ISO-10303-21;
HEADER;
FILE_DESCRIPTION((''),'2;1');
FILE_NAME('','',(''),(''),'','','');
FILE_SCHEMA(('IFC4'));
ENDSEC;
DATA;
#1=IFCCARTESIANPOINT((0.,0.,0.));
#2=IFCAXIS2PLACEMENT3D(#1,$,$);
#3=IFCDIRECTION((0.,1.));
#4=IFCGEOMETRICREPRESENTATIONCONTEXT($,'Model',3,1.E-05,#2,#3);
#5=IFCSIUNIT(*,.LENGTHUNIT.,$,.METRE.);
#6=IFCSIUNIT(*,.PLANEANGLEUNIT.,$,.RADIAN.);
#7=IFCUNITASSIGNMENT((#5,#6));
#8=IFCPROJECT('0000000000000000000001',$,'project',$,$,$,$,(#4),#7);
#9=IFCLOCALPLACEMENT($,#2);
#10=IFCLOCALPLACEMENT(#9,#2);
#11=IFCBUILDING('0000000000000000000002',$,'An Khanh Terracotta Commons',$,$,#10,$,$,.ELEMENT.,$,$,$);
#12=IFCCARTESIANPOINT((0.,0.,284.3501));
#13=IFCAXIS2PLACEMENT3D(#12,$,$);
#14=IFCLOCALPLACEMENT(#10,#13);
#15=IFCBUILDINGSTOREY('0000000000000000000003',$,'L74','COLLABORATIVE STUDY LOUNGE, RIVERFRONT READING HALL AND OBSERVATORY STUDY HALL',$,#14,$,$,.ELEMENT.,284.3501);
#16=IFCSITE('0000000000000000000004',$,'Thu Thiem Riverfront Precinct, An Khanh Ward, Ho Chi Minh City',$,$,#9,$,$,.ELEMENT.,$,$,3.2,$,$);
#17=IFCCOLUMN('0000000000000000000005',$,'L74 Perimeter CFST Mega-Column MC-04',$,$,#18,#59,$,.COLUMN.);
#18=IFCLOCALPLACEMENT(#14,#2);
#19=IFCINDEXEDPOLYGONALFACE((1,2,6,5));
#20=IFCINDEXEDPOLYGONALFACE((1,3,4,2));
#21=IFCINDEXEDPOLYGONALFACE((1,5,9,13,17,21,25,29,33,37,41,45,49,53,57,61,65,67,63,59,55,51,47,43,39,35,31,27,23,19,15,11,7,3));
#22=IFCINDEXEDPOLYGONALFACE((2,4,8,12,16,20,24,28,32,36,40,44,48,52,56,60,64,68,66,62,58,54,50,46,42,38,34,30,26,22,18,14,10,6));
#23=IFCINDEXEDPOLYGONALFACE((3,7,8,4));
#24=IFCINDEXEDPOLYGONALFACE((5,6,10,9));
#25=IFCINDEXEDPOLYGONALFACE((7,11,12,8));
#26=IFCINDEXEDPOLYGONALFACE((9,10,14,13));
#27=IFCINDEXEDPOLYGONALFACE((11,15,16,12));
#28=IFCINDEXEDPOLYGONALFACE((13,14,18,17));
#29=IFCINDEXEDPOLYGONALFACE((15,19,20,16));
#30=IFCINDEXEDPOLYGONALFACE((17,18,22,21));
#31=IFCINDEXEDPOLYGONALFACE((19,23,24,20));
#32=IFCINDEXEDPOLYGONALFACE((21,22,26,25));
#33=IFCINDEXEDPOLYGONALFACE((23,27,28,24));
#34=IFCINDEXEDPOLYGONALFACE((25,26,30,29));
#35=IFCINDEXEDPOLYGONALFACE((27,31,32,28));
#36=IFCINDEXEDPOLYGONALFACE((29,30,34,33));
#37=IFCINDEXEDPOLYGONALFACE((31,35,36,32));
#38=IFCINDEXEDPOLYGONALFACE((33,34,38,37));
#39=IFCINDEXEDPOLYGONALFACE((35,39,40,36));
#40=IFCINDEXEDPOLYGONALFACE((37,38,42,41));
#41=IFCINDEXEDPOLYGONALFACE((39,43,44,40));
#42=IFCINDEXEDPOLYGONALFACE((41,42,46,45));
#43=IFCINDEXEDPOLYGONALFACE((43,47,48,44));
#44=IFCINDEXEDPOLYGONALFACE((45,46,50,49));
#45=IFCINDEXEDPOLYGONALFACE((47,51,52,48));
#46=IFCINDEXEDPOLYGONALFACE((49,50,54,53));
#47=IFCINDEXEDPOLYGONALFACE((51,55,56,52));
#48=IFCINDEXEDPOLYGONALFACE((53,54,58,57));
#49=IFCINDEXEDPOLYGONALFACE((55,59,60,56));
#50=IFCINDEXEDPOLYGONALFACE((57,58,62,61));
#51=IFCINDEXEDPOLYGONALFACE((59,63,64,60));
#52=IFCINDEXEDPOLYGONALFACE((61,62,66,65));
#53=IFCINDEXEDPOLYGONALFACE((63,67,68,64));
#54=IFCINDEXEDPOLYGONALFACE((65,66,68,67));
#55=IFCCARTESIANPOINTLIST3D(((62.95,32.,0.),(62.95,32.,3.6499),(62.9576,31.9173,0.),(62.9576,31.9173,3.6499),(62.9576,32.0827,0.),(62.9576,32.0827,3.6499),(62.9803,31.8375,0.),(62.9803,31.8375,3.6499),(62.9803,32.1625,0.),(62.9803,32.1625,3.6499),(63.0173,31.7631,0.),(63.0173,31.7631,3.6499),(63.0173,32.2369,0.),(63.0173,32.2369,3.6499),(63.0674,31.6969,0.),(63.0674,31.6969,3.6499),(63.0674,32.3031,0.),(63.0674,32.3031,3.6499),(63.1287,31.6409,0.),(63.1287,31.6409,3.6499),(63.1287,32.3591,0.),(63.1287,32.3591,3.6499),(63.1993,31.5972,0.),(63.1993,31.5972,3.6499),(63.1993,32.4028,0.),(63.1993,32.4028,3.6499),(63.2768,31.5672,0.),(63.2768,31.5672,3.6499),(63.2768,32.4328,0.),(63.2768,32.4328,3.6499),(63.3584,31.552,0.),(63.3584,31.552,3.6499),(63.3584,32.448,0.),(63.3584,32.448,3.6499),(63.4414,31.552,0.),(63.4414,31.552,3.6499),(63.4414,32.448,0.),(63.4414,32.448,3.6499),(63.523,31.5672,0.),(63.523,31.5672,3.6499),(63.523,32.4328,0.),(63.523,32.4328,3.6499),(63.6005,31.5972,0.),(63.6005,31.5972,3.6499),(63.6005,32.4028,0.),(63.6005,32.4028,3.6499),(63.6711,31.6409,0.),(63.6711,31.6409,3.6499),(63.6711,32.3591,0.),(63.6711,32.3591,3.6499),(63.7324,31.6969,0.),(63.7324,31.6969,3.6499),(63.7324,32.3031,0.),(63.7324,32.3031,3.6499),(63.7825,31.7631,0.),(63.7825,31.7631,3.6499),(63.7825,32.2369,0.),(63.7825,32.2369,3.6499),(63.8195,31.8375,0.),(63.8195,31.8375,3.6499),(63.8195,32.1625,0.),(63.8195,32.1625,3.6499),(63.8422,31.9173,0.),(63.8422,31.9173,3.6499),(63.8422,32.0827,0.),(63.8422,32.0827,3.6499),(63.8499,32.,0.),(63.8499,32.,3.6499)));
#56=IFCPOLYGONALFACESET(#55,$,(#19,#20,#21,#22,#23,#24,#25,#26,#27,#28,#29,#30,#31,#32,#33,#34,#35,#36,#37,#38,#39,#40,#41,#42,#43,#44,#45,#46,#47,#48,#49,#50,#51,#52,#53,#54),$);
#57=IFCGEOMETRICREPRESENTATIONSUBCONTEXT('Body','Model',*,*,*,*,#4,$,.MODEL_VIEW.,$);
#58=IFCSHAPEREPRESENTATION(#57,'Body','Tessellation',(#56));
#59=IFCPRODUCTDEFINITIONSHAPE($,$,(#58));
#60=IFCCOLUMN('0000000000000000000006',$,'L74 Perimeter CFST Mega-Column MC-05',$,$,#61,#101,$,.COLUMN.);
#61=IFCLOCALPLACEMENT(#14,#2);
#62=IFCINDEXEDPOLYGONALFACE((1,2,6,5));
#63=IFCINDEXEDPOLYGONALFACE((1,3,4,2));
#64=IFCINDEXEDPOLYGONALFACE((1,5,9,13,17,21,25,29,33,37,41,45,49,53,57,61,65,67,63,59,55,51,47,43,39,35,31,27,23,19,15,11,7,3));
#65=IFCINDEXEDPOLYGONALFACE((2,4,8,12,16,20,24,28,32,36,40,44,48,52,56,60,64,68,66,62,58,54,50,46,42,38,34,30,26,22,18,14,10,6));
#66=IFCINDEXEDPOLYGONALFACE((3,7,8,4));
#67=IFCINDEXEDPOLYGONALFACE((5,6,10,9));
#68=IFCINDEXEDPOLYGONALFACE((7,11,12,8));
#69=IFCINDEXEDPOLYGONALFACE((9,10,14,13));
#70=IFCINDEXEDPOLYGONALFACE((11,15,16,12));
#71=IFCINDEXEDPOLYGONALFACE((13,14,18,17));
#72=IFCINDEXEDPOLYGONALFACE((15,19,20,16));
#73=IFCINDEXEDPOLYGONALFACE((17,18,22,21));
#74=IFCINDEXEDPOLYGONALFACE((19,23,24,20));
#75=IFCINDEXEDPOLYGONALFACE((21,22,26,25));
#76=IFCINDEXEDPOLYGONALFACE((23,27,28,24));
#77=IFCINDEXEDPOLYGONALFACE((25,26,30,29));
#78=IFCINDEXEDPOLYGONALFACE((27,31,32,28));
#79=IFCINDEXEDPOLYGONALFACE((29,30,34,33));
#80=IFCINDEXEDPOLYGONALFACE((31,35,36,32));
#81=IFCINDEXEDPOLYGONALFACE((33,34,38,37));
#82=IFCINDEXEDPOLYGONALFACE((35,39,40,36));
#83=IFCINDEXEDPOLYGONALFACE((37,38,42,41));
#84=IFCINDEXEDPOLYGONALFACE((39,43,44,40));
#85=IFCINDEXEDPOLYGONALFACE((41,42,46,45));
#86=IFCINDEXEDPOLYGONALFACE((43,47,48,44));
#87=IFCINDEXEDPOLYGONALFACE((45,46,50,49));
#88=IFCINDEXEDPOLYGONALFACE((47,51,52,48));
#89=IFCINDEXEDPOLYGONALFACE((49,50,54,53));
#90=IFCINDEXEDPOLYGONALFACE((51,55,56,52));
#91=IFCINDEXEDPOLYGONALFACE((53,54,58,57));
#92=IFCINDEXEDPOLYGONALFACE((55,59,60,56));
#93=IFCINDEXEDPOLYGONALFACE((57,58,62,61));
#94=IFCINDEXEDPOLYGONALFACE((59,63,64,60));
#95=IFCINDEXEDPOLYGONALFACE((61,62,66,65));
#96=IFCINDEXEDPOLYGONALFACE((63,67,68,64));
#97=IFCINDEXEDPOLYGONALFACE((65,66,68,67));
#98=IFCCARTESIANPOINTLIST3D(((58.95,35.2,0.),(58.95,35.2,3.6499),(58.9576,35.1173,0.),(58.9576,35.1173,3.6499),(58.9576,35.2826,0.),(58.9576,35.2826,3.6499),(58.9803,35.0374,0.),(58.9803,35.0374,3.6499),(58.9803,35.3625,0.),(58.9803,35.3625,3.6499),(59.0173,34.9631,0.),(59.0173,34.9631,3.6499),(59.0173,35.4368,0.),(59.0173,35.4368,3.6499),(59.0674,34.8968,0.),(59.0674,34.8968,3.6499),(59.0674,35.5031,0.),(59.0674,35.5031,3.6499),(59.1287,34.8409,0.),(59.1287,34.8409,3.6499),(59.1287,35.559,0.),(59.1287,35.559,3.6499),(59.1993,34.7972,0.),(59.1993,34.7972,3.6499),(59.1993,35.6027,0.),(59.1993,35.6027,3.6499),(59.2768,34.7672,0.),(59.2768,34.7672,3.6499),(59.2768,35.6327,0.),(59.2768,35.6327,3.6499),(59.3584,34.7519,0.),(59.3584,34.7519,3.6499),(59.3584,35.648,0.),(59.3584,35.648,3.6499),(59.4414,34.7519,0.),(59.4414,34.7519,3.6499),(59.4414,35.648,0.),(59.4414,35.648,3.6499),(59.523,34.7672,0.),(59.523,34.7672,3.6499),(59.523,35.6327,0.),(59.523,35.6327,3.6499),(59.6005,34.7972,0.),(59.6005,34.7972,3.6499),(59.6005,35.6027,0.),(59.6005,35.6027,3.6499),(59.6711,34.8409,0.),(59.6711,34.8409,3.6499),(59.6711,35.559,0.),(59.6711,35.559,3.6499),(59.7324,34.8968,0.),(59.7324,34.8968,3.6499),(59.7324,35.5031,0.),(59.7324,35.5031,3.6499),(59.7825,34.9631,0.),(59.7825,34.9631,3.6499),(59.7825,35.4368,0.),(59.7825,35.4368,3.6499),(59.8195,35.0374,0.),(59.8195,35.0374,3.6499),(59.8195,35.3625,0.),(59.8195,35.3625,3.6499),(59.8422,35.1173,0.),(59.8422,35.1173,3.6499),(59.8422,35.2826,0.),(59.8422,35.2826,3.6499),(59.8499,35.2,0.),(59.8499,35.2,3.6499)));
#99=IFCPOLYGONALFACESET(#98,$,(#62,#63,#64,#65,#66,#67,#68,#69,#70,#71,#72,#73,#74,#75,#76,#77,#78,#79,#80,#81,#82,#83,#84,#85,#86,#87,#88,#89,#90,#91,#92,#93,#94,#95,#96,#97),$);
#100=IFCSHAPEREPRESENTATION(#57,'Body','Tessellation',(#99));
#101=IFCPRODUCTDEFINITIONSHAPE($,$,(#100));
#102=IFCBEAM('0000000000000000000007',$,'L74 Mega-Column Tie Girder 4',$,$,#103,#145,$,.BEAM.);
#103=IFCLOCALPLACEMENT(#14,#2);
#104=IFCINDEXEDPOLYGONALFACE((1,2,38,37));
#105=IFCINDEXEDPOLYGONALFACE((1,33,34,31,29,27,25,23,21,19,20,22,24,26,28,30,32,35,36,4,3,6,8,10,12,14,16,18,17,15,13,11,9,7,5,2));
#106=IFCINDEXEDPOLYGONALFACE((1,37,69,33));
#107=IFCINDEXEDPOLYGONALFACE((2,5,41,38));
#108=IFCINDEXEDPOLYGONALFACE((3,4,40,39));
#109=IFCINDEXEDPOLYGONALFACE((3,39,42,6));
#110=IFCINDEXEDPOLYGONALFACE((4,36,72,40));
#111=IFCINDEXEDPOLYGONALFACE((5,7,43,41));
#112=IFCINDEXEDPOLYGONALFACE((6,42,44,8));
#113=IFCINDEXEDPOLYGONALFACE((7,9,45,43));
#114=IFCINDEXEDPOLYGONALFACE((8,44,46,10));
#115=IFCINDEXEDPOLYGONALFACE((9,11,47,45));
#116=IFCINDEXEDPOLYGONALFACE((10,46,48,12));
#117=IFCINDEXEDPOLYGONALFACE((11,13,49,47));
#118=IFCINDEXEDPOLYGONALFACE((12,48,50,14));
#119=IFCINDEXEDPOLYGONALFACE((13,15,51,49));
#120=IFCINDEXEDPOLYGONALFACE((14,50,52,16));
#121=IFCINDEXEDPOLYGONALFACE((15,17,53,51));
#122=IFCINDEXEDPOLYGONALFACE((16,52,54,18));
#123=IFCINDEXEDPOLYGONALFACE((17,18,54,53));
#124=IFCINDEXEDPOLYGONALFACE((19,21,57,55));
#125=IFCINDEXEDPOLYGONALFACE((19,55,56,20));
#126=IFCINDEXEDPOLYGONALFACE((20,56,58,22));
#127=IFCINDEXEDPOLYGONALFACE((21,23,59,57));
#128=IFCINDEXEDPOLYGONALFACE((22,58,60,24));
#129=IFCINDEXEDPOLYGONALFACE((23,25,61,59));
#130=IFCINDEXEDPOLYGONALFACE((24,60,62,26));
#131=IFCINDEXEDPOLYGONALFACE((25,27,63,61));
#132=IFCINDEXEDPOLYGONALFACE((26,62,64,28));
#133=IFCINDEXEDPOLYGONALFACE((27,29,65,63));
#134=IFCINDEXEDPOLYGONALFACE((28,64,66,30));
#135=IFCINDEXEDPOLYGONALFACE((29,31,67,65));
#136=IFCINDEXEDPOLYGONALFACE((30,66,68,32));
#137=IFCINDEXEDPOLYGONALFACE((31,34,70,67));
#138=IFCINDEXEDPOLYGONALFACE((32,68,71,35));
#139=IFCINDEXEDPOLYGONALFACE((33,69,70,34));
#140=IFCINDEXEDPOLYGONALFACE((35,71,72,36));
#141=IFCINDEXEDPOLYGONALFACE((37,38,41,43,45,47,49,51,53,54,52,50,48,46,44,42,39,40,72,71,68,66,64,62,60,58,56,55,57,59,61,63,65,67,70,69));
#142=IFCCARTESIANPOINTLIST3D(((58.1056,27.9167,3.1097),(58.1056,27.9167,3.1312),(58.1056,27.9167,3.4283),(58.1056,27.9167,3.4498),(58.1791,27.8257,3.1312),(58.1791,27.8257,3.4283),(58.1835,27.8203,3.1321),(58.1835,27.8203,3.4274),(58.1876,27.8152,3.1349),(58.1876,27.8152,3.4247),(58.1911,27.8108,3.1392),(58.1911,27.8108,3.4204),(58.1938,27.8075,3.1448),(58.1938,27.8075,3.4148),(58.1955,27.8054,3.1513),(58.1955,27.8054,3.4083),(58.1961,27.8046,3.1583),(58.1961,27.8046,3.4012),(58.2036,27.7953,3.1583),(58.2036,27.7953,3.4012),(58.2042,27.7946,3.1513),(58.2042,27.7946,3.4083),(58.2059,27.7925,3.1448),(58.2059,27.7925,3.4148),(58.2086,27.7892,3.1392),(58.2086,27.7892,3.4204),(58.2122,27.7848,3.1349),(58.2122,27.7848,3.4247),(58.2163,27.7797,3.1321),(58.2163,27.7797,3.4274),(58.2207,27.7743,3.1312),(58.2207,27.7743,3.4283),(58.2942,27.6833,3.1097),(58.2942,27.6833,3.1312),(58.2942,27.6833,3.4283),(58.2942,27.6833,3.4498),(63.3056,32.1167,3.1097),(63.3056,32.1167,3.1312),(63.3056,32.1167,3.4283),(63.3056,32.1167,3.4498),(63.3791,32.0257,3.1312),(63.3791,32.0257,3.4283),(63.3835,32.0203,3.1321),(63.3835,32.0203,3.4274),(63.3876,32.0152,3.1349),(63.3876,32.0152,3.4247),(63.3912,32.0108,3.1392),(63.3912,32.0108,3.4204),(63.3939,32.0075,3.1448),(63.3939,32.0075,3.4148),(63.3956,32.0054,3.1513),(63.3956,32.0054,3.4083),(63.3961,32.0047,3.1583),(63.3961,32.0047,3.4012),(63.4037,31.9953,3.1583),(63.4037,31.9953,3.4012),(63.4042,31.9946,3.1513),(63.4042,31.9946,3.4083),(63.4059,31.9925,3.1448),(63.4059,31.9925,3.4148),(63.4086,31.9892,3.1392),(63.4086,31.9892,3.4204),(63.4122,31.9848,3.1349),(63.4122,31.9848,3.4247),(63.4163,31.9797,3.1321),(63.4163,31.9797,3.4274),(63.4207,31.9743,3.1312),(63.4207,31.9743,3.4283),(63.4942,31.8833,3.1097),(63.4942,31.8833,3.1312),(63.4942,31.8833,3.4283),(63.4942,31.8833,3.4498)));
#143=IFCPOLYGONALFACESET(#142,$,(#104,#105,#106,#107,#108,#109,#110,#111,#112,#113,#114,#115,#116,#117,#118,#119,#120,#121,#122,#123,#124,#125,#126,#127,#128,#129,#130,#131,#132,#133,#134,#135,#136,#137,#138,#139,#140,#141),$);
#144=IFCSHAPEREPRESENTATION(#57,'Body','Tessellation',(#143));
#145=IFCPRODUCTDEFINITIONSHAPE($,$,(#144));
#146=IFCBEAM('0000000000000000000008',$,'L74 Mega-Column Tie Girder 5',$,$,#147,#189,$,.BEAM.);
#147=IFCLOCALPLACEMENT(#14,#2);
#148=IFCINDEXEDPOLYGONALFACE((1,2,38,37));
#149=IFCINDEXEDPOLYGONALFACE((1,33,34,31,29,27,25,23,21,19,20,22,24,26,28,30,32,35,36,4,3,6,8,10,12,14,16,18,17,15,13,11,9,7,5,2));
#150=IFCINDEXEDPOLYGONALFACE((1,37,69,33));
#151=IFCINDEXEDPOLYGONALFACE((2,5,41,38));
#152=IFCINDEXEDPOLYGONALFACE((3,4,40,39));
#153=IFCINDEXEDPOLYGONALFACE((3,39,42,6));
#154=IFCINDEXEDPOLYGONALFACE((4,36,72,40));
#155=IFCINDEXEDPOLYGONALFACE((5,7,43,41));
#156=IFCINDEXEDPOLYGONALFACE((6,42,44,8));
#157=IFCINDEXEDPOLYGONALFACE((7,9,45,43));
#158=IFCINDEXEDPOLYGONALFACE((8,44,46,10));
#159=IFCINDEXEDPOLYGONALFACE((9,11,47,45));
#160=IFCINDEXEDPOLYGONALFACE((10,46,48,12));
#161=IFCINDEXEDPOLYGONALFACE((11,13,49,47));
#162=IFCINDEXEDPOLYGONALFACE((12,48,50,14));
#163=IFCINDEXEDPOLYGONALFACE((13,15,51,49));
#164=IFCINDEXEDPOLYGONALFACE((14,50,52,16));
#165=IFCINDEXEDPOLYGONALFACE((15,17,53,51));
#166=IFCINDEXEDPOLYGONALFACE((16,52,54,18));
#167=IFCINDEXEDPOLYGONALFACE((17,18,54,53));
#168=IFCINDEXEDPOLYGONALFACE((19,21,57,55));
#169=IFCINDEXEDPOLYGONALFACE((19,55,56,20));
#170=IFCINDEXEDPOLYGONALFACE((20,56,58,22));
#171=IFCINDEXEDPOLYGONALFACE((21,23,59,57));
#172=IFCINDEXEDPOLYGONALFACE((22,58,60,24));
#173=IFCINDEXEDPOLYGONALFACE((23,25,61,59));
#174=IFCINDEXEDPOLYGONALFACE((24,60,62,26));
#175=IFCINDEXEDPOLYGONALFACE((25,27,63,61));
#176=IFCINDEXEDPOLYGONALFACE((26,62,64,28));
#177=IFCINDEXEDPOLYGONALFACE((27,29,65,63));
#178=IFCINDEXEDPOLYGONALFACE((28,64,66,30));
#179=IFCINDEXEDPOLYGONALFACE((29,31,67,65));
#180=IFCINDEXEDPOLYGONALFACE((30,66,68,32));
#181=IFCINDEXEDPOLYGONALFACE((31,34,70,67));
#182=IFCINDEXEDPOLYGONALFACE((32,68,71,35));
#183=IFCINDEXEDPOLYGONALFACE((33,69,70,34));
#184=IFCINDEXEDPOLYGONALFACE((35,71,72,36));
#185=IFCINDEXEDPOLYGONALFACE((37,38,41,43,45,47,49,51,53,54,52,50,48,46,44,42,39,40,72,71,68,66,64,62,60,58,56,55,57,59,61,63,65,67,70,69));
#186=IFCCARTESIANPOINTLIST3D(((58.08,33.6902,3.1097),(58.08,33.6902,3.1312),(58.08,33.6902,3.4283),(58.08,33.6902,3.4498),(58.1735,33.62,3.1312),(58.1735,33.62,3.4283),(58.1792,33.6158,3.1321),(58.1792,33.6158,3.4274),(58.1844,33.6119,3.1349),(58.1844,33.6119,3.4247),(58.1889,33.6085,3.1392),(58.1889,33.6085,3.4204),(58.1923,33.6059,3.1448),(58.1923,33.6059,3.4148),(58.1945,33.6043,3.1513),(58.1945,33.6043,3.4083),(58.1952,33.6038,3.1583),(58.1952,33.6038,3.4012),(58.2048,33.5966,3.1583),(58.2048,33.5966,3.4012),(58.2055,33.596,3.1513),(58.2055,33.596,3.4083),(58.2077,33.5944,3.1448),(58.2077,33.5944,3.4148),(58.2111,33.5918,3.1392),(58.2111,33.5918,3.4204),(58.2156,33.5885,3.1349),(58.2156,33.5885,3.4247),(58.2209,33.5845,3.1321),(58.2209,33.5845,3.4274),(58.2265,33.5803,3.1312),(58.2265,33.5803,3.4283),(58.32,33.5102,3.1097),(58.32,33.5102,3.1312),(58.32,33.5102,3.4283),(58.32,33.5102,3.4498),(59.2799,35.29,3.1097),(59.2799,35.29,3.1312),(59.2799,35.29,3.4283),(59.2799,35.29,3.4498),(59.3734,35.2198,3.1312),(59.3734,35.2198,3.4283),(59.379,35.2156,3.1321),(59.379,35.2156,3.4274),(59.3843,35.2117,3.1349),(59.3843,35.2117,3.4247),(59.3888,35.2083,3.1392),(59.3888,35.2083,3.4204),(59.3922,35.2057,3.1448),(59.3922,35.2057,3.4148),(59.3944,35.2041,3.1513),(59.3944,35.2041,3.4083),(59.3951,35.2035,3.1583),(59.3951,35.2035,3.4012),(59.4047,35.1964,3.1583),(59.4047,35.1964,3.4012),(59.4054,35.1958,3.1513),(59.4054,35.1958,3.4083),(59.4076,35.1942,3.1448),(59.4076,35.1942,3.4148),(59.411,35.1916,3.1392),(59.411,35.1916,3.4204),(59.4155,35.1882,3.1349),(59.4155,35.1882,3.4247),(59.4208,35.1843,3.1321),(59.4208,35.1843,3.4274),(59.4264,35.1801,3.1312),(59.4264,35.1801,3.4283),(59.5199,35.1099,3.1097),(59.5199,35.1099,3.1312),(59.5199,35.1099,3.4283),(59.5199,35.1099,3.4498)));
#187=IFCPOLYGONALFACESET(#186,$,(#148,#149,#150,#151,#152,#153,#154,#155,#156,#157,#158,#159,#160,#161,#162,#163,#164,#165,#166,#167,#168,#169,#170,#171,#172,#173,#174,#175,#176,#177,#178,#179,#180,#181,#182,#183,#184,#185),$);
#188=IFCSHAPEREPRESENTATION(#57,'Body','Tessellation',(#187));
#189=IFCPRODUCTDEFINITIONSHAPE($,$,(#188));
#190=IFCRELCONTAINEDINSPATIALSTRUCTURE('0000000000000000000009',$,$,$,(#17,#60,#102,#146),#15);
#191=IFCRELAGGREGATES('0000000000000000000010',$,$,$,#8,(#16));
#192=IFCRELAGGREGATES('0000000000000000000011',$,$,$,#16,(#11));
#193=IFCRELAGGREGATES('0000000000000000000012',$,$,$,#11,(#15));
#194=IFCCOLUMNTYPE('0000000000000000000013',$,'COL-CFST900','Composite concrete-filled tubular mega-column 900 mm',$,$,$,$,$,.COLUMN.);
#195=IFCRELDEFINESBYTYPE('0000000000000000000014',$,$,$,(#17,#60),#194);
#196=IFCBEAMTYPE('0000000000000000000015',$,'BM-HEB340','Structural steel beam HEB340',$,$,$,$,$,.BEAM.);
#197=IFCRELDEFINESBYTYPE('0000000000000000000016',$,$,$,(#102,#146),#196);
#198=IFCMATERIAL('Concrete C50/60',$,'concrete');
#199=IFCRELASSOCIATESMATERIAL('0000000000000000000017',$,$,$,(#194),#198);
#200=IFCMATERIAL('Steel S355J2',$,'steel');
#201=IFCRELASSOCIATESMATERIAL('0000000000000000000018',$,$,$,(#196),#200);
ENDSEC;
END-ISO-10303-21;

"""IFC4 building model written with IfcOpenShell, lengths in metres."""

from ifc_helpers import new_model, si_unit, direction, frame, origin, origin_2d, place, context, subcontext, project, spatial, circle, i_section, extrude, material, material_profile, profile_set, type_object, element, save


model = new_model("IFC4")

# Units and contexts
model_context = context("Model", 3, precision=1e-05, world=origin(), true_north=direction((0.0, 1.0)))
body_context = subcontext(model_context, "Body", "Model", "MODEL_VIEW")
ifc_project = project(units=[si_unit("LENGTHUNIT", "METRE"), si_unit("PLANEANGLEUNIT", "RADIAN")], contexts=[model_context])

# Site, building, storey
site_placement = place(None, origin())
site = spatial("IfcSite", under=ifc_project, at=site_placement, Name="Thu Thiem Riverfront Precinct, An Khanh Ward, Ho Chi Minh City", CompositionType="ELEMENT", RefElevation=3.2)
building_placement = place(site_placement, origin())
building = spatial("IfcBuilding", under=site, at=building_placement, Name="An Khanh Terracotta Commons", CompositionType="ELEMENT")
storey_placement = place(building_placement, frame((0.0, 0.0, 284.3501)))
storey = spatial("IfcBuildingStorey", under=building, at=storey_placement, Name="L74", Description="COLLABORATIVE STUDY LOUNGE, RIVERFRONT READING HALL AND OBSERVATORY STUDY HALL", CompositionType="ELEMENT", Elevation=284.3501)

# Columns
ifc_material_1 = material(Name="Concrete C50/60", Category="concrete")
ifc_material_profile_1 = material_profile(ifc_material_1, circle(Radius=0.45, at=origin_2d()), Name="CFST900")
ifc_profile_set_1 = profile_set([ifc_material_profile_1], Name="Concrete C50/60")
column_type = type_object("IfcColumnType", Name="COL-CFST900", Description="Composite concrete-filled tubular mega-column 900 mm", PredefinedType="COLUMN", material=ifc_profile_set_1)
for number, where, z_axis, x_axis, name in (
    (1, (63.3999, 32.0, 0.0), (0.0, 0.0, 1.0), (1.0, 0.0, 0.0), "L74 Perimeter CFST Mega-Column MC-04"),
    (2, (59.3999, 35.2, 0.0), (0.0, 0.0, 1.0), (1.0, 0.0, 0.0), "L74 Perimeter CFST Mega-Column MC-05"),
):
    element("IfcColumn", number, at=place(storey_placement, frame(where, z_axis=z_axis, x_axis=x_axis)), inside=storey, type_object=column_type, Name=name, PredefinedType="COLUMN", context=body_context, shape_type="SweptSolid", body=[
        extrude(circle(Radius=0.45, at=origin_2d()), origin(), (0.0, 0.0, 1.0), 3.6499),
    ])

# Beams
ifc_material_2 = material(Name="Steel S355J2", Category="steel")
ifc_material_profile_2 = material_profile(ifc_material_2, i_section(OverallWidth=0.3, OverallDepth=0.3401, WebThickness=0.012, FlangeThickness=0.0215, FilletRadius=0.0271, at=origin_2d()), Name="HEB340")
ifc_profile_set_2 = profile_set([ifc_material_profile_2], Name="Steel S355J2")
beam_type_1 = type_object("IfcBeamType", Name="BM-HEB340", Description="Structural steel beam HEB340", PredefinedType="BEAM", material=ifc_profile_set_2)
beam_1_placement = place(storey_placement, frame((63.3999, 32.0, 3.2798), z_axis=(-0.777942, -0.628336, 0.0), x_axis=(0.628336, -0.777942, 0.0)))
element("IfcBeam", 3, at=beam_1_placement, inside=storey, type_object=beam_type_1, Name="L74 Mega-Column Tie Girder 4", PredefinedType="BEAM", context=body_context, shape_type="SweptSolid", body=[
    extrude(i_section(OverallWidth=0.3, OverallDepth=0.3401, WebThickness=0.012, FlangeThickness=0.0215, FilletRadius=0.0271, at=origin_2d()), origin(), (0.0, 0.0, 1.0), 6.6843),
])
beam_2_placement = place(storey_placement, frame((59.3999, 35.2, 3.2798), z_axis=(-0.60002, -0.799985, 0.0), x_axis=(0.799985, -0.60002, 0.0)))
element("IfcBeam", 4, at=beam_2_placement, inside=storey, type_object=beam_type_1, Name="L74 Mega-Column Tie Girder 5", PredefinedType="BEAM", context=body_context, shape_type="SweptSolid", body=[
    extrude(i_section(OverallWidth=0.3, OverallDepth=0.3401, WebThickness=0.012, FlangeThickness=0.0215, FilletRadius=0.0271, at=origin_2d()), origin(), (0.0, 0.0, 1.0), 1.9998),
])

save(model, "model.ifc")
